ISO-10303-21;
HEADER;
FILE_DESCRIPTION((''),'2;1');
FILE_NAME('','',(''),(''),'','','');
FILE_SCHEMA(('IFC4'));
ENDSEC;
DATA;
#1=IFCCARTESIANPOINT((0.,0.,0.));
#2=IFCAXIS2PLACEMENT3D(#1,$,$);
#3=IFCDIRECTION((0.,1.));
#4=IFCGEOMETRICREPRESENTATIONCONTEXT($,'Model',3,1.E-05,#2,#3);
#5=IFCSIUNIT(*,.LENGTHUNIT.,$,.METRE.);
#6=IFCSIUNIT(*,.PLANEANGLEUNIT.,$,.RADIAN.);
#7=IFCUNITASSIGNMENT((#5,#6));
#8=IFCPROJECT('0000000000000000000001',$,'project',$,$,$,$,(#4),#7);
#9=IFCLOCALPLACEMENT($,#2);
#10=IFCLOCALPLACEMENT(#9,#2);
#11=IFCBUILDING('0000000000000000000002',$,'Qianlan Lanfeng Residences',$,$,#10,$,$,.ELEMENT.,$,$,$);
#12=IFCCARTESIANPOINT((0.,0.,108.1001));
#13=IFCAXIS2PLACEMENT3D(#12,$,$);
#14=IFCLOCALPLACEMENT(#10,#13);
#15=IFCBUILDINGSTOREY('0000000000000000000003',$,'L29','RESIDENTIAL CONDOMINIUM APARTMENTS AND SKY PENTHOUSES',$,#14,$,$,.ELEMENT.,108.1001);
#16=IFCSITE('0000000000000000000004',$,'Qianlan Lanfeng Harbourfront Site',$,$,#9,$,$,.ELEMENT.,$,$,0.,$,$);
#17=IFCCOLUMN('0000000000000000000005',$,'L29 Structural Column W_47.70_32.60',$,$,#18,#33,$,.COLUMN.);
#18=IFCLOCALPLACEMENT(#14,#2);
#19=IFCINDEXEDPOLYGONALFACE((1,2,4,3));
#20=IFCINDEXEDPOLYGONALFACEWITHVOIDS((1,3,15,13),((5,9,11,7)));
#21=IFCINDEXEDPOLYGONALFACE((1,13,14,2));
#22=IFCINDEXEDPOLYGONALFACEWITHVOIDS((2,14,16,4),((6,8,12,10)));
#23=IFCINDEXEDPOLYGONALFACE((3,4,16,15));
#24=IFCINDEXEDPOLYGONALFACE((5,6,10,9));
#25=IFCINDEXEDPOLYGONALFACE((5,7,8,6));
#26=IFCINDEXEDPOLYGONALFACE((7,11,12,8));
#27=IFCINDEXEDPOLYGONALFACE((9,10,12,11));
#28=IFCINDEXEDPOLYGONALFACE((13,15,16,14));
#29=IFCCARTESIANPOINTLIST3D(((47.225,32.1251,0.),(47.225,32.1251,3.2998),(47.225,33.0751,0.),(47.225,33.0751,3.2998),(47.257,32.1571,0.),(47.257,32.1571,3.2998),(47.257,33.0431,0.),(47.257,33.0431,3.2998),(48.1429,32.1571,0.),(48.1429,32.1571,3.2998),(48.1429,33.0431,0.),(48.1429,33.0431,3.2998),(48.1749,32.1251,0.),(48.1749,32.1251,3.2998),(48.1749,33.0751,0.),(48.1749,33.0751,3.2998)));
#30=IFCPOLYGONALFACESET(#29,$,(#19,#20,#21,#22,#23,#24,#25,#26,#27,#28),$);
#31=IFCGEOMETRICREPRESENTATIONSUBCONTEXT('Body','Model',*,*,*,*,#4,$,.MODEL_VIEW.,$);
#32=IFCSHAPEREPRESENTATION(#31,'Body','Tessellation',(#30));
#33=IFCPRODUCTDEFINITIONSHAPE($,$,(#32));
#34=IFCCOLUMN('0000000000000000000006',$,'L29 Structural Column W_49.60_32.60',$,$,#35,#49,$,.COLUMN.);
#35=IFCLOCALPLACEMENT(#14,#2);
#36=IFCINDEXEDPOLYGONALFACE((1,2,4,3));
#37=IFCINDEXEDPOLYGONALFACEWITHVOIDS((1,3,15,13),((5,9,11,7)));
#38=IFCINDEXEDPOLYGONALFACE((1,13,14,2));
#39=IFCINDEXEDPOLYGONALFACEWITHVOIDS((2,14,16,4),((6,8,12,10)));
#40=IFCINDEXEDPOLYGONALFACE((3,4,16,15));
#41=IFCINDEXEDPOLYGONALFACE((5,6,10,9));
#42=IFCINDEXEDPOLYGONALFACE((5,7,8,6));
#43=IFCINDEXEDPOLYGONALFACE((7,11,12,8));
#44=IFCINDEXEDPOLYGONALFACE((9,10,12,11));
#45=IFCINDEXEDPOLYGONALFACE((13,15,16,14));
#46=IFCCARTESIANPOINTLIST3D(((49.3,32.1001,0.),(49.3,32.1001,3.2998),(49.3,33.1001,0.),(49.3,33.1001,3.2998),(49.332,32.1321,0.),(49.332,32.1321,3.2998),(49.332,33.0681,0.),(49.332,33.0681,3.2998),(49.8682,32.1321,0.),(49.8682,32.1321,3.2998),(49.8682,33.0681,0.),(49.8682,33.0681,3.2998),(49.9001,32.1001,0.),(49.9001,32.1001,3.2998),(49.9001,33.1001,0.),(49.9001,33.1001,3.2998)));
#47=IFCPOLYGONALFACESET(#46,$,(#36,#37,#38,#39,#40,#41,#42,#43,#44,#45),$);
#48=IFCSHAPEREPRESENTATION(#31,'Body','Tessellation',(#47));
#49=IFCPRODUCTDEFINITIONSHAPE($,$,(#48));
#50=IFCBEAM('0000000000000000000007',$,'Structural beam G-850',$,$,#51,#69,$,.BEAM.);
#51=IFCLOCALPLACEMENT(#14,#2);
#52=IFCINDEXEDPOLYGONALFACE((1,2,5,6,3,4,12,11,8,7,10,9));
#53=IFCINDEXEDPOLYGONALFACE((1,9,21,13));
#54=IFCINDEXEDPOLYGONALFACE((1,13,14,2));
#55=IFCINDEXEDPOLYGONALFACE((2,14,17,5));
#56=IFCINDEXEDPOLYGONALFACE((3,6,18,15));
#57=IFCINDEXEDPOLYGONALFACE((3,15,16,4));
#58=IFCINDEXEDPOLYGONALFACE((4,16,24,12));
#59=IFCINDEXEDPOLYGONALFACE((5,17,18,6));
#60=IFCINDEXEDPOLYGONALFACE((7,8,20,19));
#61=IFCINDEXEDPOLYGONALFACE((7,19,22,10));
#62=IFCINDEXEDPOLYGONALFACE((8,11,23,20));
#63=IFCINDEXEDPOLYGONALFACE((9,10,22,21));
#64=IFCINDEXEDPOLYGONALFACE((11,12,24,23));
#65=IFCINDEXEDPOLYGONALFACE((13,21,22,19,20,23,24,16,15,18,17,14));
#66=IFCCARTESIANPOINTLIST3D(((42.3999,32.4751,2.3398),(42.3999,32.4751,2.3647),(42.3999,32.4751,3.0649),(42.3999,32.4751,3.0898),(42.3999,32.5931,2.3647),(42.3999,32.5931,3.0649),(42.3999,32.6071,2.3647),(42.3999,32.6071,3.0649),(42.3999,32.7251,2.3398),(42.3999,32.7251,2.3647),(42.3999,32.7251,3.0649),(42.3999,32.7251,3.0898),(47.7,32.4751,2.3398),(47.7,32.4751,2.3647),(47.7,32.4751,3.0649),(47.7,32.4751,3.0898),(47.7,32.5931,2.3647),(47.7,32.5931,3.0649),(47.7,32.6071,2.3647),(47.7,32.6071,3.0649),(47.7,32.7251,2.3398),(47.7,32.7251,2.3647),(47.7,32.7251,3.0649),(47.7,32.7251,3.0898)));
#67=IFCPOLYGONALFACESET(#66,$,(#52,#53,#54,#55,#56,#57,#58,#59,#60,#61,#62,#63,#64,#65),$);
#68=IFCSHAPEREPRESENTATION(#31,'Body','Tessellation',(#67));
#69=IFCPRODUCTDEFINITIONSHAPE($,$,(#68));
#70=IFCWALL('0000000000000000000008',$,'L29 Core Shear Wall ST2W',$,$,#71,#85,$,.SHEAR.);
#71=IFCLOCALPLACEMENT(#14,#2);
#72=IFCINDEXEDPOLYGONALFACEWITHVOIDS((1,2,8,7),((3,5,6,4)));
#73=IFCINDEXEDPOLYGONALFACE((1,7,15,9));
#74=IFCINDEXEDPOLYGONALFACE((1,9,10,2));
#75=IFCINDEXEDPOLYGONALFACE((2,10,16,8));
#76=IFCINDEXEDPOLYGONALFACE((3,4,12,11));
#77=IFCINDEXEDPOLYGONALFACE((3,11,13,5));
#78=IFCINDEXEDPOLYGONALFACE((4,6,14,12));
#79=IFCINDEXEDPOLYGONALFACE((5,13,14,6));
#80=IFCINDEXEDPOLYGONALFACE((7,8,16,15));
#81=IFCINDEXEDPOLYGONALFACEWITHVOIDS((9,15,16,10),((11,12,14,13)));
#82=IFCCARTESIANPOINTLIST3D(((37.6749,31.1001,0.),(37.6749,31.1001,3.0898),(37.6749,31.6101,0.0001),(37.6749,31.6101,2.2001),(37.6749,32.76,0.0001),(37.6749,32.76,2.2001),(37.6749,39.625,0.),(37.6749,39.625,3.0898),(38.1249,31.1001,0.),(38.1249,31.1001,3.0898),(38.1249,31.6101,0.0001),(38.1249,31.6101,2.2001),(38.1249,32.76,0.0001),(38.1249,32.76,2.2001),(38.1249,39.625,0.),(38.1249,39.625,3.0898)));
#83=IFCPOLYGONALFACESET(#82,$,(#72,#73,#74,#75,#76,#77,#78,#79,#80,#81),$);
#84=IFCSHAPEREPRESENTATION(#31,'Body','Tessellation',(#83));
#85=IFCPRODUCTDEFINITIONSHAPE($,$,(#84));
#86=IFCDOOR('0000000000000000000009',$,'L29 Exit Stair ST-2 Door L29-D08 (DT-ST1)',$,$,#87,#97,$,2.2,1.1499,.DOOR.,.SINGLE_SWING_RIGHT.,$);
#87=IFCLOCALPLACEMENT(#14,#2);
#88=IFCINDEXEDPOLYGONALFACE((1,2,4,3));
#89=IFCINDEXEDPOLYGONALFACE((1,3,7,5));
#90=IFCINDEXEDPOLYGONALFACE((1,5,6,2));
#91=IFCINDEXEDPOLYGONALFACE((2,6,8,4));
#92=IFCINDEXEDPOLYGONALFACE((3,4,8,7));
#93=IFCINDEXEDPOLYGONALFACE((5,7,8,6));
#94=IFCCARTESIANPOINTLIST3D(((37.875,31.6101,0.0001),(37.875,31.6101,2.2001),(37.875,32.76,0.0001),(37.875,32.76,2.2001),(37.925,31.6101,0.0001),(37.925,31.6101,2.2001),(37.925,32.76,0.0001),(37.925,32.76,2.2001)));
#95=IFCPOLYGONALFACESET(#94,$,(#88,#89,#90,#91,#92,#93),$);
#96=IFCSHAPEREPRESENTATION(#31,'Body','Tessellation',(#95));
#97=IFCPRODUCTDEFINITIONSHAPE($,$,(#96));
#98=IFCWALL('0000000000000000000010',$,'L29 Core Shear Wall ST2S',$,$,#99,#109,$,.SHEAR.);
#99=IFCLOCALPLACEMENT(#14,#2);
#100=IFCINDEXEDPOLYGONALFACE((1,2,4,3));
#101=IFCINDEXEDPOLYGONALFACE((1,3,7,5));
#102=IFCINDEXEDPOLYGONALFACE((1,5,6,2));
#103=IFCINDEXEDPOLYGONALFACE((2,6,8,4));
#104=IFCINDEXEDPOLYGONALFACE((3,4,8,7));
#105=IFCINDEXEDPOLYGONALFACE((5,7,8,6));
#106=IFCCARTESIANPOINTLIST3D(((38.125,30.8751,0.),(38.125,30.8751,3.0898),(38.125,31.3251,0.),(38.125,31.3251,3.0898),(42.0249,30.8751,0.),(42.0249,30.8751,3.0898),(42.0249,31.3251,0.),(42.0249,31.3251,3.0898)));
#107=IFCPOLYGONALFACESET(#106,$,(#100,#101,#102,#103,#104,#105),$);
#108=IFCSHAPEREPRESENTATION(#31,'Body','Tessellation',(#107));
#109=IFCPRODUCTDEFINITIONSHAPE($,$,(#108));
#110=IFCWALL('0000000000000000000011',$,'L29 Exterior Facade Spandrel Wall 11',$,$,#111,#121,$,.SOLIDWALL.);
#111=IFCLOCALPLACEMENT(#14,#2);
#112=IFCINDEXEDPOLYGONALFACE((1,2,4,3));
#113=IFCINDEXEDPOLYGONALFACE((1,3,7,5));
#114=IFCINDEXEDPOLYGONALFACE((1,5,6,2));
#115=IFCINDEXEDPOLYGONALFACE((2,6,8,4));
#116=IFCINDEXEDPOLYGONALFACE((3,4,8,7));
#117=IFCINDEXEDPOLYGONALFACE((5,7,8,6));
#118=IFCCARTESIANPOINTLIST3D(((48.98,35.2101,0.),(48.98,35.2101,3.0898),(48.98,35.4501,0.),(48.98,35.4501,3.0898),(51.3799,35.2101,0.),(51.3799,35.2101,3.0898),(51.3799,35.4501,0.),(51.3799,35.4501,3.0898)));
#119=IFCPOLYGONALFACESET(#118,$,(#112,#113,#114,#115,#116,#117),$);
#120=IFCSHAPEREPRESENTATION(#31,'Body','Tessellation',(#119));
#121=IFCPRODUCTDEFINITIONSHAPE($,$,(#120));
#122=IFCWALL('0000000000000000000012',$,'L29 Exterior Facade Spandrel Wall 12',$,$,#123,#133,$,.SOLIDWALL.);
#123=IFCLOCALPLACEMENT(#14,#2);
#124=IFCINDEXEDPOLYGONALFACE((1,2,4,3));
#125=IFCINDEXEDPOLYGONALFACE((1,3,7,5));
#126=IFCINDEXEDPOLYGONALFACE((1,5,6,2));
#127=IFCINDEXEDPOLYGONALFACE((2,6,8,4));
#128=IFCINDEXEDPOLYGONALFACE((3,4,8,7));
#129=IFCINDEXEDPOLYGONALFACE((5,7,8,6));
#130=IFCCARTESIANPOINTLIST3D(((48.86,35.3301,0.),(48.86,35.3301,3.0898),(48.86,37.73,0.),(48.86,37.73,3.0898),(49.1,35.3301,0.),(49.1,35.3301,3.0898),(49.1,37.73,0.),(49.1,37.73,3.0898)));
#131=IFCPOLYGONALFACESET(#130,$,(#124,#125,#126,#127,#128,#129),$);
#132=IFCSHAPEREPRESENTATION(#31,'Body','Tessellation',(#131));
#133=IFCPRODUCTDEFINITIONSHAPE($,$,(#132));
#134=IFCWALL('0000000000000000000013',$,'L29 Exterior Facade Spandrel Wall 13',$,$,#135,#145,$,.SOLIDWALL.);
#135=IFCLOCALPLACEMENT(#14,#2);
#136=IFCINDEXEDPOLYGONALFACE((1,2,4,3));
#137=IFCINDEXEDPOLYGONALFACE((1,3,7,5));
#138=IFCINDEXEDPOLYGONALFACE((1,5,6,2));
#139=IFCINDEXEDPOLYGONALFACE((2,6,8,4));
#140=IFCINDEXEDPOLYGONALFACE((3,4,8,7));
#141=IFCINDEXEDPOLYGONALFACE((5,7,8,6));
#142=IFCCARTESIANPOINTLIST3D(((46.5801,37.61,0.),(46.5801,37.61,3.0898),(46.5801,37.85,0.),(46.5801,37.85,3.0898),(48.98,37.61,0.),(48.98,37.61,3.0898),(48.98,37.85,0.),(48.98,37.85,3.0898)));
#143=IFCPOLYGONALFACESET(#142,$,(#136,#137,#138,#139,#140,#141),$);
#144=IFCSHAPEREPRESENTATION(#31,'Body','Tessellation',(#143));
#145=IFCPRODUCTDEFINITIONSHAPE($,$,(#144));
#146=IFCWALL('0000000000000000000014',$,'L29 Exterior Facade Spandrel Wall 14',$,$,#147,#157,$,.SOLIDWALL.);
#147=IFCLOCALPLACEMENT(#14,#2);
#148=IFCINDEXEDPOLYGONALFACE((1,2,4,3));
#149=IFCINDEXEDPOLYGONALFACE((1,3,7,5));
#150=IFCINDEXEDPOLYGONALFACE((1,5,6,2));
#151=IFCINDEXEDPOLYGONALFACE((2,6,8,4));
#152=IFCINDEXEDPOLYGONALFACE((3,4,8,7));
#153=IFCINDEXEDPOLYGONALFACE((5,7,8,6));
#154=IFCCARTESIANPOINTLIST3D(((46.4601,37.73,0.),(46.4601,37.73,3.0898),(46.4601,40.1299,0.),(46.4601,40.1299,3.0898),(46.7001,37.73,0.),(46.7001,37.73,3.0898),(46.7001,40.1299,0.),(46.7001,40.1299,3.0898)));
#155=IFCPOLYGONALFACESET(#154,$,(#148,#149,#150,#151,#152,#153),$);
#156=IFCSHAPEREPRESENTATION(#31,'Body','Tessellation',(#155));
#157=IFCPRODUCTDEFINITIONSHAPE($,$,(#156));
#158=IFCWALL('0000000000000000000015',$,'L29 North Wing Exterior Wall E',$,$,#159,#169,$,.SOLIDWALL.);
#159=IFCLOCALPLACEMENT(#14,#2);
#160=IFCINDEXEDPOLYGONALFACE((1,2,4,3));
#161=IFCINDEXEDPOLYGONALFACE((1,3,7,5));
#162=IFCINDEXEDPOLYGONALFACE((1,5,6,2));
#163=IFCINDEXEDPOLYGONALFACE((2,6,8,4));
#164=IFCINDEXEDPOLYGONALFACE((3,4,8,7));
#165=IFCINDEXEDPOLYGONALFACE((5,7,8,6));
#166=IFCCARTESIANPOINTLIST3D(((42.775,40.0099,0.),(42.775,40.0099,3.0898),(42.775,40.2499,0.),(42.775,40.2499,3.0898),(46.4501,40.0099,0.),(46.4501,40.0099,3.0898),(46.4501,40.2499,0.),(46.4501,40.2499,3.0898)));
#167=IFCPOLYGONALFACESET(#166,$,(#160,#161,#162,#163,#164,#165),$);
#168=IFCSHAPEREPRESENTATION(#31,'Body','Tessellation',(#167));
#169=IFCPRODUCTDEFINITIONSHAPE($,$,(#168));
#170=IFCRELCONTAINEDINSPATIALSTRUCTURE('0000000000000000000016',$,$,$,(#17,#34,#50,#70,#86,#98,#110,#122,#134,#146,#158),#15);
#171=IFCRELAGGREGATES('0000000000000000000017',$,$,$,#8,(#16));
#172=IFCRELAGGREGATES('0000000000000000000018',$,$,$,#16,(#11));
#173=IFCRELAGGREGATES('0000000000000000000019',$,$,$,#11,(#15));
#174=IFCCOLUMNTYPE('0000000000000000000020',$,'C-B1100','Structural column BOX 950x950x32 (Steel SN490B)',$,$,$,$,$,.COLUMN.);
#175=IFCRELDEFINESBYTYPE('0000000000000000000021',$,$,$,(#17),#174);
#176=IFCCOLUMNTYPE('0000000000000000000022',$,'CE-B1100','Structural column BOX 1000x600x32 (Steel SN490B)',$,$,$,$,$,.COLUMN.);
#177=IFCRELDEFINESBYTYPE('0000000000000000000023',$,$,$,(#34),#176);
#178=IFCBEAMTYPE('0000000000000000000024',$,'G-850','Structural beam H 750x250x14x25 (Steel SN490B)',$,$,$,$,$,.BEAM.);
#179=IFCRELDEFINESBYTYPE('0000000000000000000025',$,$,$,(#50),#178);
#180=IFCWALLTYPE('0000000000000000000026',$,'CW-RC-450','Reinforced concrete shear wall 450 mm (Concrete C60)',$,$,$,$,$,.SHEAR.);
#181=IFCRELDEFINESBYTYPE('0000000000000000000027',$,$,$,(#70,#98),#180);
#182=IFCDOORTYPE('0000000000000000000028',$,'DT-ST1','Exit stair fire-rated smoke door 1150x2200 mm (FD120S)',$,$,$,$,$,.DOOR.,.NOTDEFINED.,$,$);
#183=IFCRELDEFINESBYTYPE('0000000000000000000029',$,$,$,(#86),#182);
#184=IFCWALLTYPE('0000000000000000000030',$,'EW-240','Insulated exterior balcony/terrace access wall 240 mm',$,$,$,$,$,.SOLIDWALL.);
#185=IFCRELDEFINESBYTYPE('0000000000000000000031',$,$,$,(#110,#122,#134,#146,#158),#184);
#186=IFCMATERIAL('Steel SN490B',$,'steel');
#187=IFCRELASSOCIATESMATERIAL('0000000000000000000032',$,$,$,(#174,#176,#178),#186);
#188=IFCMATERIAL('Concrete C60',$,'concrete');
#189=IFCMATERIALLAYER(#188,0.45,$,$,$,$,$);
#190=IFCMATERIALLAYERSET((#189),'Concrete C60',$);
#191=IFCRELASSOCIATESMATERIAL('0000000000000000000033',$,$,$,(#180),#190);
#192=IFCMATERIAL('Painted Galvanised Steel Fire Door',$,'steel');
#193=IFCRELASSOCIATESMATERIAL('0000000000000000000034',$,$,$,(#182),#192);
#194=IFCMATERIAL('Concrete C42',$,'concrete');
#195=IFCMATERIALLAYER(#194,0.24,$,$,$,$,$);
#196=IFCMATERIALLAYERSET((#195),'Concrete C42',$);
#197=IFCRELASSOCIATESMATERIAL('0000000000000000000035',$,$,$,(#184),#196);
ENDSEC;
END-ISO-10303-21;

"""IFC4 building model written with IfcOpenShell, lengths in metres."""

from ifc_helpers import new_model, si_unit, direction, frame, frame_2d, origin, origin_2d, place, context, subcontext, project, spatial, rectangle, hollow_rectangle, i_section, extrude, material, layer, layer_set, material_profile, profile_set, type_object, element, fill, save


model = new_model("IFC4")

# Units and contexts
model_context = context("Model", 3, precision=1e-05, world=origin(), true_north=direction((0.0, 1.0)))
body_context = subcontext(model_context, "Body", "Model", "MODEL_VIEW")
ifc_project = project(units=[si_unit("LENGTHUNIT", "METRE"), si_unit("PLANEANGLEUNIT", "RADIAN")], contexts=[model_context])

# Site, building, storey
site_placement = place(None, origin())
site = spatial("IfcSite", under=ifc_project, at=site_placement, Name="Qianlan Lanfeng Harbourfront Site", CompositionType="ELEMENT", RefElevation=0.0)
building_placement = place(site_placement, origin())
building = spatial("IfcBuilding", under=site, at=building_placement, Name="Qianlan Lanfeng Residences", CompositionType="ELEMENT")
storey_placement = place(building_placement, frame((0.0, 0.0, 108.1001)))
storey = spatial("IfcBuildingStorey", under=building, at=storey_placement, Name="L29", Description="RESIDENTIAL CONDOMINIUM APARTMENTS AND SKY PENTHOUSES", CompositionType="ELEMENT", Elevation=108.1001)

# Columns
ifc_material_1 = material(Name="Steel SN490B", Category="steel")
ifc_material_profile_1 = material_profile(ifc_material_1, hollow_rectangle(XDim=0.95, YDim=0.95, WallThickness=0.032, at=origin_2d()), Name="BOX 950x950x32")
ifc_profile_set_1 = profile_set([ifc_material_profile_1], Name="Steel SN490B")
column_type_1 = type_object("IfcColumnType", Name="C-B1100", Description="Structural column BOX 950x950x32 (Steel SN490B)", PredefinedType="COLUMN", material=ifc_profile_set_1)
column_1_placement = place(storey_placement, frame((47.7, 32.6001, 0.0), z_axis=(0.0, 0.0, 1.0), x_axis=(1.0, 0.0, 0.0)))
element("IfcColumn", 1, at=column_1_placement, inside=storey, type_object=column_type_1, Name="L29 Structural Column W_47.70_32.60", PredefinedType="COLUMN", context=body_context, shape_type="SweptSolid", body=[
    extrude(hollow_rectangle(XDim=0.95, YDim=0.95, WallThickness=0.032, at=origin_2d()), origin(), (0.0, 0.0, 1.0), 3.2998),
])
ifc_material_profile_2 = material_profile(ifc_material_1, hollow_rectangle(XDim=0.6001, YDim=1.0, WallThickness=0.032, at=origin_2d()), Name="BOX 1000x600x32")
ifc_profile_set_2 = profile_set([ifc_material_profile_2], Name="Steel SN490B")
column_type_2 = type_object("IfcColumnType", Name="CE-B1100", Description="Structural column BOX 1000x600x32 (Steel SN490B)", PredefinedType="COLUMN", material=ifc_profile_set_2)
column_2_placement = place(storey_placement, frame((49.6001, 32.6001, 0.0), z_axis=(0.0, 0.0, 1.0), x_axis=(1.0, 0.0, 0.0)))
element("IfcColumn", 2, at=column_2_placement, inside=storey, type_object=column_type_2, Name="L29 Structural Column W_49.60_32.60", PredefinedType="COLUMN", context=body_context, shape_type="SweptSolid", body=[
    extrude(hollow_rectangle(XDim=0.6001, YDim=1.0, WallThickness=0.032, at=origin_2d()), origin(), (0.0, 0.0, 1.0), 3.2998),
])

# Beam
ifc_material_profile_3 = material_profile(ifc_material_1, i_section(OverallWidth=0.25, OverallDepth=0.75, WebThickness=0.0139, FlangeThickness=0.0249, at=origin_2d()), Name="H 750x250x14x25")
ifc_profile_set_3 = profile_set([ifc_material_profile_3], Name="Steel SN490B")
beam_type = type_object("IfcBeamType", Name="G-850", Description="Structural beam H 750x250x14x25 (Steel SN490B)", PredefinedType="BEAM", material=ifc_profile_set_3)
beam_placement = place(storey_placement, frame((42.3999, 32.6001, 2.7148), z_axis=(1.0, 0.0, 0.0), x_axis=(0.0, 1.0, 0.0)))
element("IfcBeam", 3, at=beam_placement, inside=storey, type_object=beam_type, Name="Structural beam G-850", PredefinedType="BEAM", context=body_context, shape_type="SweptSolid", body=[
    extrude(i_section(OverallWidth=0.25, OverallDepth=0.75, WebThickness=0.0139, FlangeThickness=0.0249, at=origin_2d()), origin(), (0.0, 0.0, 1.0), 5.3),
])

# Wall, opening, door
ifc_material_2 = material(Name="Concrete C60", Category="concrete")
ifc_layer_1 = layer(ifc_material_2, 0.45)
ifc_layer_set_1 = layer_set([ifc_layer_1], Name="Concrete C60")
wall_type_1 = type_object("IfcWallType", Name="CW-RC-450", Description="Reinforced concrete shear wall 450 mm (Concrete C60)", PredefinedType="SHEAR", material=ifc_layer_set_1)
wall_1_placement = place(storey_placement, frame((37.8999, 31.1001, 0.0), z_axis=(0.0, 0.0, 1.0), x_axis=(0.0, 1.0, 0.0)))
wall_1 = element("IfcWall", 4, at=wall_1_placement, inside=storey, type_object=wall_type_1, Name="L29 Core Shear Wall ST2W", PredefinedType="SHEAR", context=body_context, shape_type="SweptSolid", body=[
    extrude(rectangle(XDim=8.5249, YDim=0.45, at=frame_2d((4.2625, 0.0))), origin(), (0.0, 0.0, 1.0), 3.0898),
])
opening_1_placement = place(wall_1_placement, frame((0.51, 0.0, 0.0)))
opening_1 = element("IfcOpeningElement", 5, at=opening_1_placement, cuts=wall_1, PredefinedType="OPENING", context=body_context, shape_type="SweptSolid", body=[
    extrude(rectangle(XDim=1.1499, YDim=2.2, at=frame_2d((0.575, 1.1001))), frame((0.0, 0.2349, 0.0), z_axis=(0.0, -1.0, 0.0), x_axis=(1.0, 0.0, 0.0)), (0.0, 0.0, 1.0), 0.47),
])
ifc_material_3 = material(Name="Painted Galvanised Steel Fire Door", Category="steel")
door_type_1 = type_object("IfcDoorType", Name="DT-ST1", Description="Exit stair fire-rated smoke door 1150x2200 mm (FD120S)", OperationType="NOTDEFINED", PredefinedType="DOOR", material=ifc_material_3)
door_1_placement = place(opening_1_placement, origin())
door_1 = element("IfcDoor", 6, at=door_1_placement, inside=storey, type_object=door_type_1, Name="L29 Exit Stair ST-2 Door L29-D08 (DT-ST1)", OperationType="SINGLE_SWING_RIGHT", OverallHeight=2.2, OverallWidth=1.1499, PredefinedType="DOOR", context=body_context, shape_type="SweptSolid", body=[
    extrude(rectangle(XDim=1.1499, YDim=2.2, at=frame_2d((0.575, 1.1001))), frame((0.0, 0.0249, 0.0), z_axis=(0.0, -1.0, 0.0), x_axis=(1.0, 0.0, 0.0)), (0.0, 0.0, 1.0), 0.05),
])
fill(opening_1, door_1)

# Walls
wall_2_placement = place(storey_placement, frame((38.125, 31.1001, 0.0), z_axis=(0.0, 0.0, 1.0), x_axis=(1.0, 0.0, 0.0)))
element("IfcWall", 7, at=wall_2_placement, inside=storey, type_object=wall_type_1, Name="L29 Core Shear Wall ST2S", PredefinedType="SHEAR", context=body_context, shape_type="SweptSolid", body=[
    extrude(rectangle(XDim=3.8999, YDim=0.45, at=frame_2d((1.95, 0.0))), origin(), (0.0, 0.0, 1.0), 3.0898),
])
ifc_material_4 = material(Name="Concrete C42", Category="concrete")
ifc_layer_2 = layer(ifc_material_4, 0.24)
ifc_layer_set_2 = layer_set([ifc_layer_2], Name="Concrete C42")
wall_type_2 = type_object("IfcWallType", Name="EW-240", Description="Insulated exterior balcony/terrace access wall 240 mm", PredefinedType="SOLIDWALL", material=ifc_layer_set_2)
for number, where, z_axis, x_axis, name in (
    (8, (51.3799, 35.3301, 0.0), (0.0, 0.0, 1.0), (-1.0, 0.0, 0.0), "L29 Exterior Facade Spandrel Wall 11"),
    (9, (48.98, 35.3301, 0.0), (0.0, 0.0, 1.0), (0.0, 1.0, 0.0), "L29 Exterior Facade Spandrel Wall 12"),
    (10, (48.98, 37.73, 0.0), (0.0, 0.0, 1.0), (-1.0, 0.0, 0.0), "L29 Exterior Facade Spandrel Wall 13"),
    (11, (46.5801, 37.73, 0.0), (0.0, 0.0, 1.0), (0.0, 1.0, 0.0), "L29 Exterior Facade Spandrel Wall 14"),
):
    element("IfcWall", number, at=place(storey_placement, frame(where, z_axis=z_axis, x_axis=x_axis)), inside=storey, type_object=wall_type_2, Name=name, PredefinedType="SOLIDWALL", context=body_context, shape_type="SweptSolid", body=[
        extrude(rectangle(XDim=2.3999, YDim=0.24, at=frame_2d((1.2, 0.0))), origin(), (0.0, 0.0, 1.0), 3.0898),
    ])
wall_3_placement = place(storey_placement, frame((46.45, 40.1299, 0.0), z_axis=(0.0, 0.0, 1.0), x_axis=(-1.0, 0.0, 0.0)))
element("IfcWall", 12, at=wall_3_placement, inside=storey, type_object=wall_type_2, Name="L29 North Wing Exterior Wall E", PredefinedType="SOLIDWALL", context=body_context, shape_type="SweptSolid", body=[
    extrude(rectangle(XDim=3.675, YDim=0.24, at=frame_2d((1.8374, 0.0))), origin(), (0.0, 0.0, 1.0), 3.0898),
])

save(model, "model.ifc")
